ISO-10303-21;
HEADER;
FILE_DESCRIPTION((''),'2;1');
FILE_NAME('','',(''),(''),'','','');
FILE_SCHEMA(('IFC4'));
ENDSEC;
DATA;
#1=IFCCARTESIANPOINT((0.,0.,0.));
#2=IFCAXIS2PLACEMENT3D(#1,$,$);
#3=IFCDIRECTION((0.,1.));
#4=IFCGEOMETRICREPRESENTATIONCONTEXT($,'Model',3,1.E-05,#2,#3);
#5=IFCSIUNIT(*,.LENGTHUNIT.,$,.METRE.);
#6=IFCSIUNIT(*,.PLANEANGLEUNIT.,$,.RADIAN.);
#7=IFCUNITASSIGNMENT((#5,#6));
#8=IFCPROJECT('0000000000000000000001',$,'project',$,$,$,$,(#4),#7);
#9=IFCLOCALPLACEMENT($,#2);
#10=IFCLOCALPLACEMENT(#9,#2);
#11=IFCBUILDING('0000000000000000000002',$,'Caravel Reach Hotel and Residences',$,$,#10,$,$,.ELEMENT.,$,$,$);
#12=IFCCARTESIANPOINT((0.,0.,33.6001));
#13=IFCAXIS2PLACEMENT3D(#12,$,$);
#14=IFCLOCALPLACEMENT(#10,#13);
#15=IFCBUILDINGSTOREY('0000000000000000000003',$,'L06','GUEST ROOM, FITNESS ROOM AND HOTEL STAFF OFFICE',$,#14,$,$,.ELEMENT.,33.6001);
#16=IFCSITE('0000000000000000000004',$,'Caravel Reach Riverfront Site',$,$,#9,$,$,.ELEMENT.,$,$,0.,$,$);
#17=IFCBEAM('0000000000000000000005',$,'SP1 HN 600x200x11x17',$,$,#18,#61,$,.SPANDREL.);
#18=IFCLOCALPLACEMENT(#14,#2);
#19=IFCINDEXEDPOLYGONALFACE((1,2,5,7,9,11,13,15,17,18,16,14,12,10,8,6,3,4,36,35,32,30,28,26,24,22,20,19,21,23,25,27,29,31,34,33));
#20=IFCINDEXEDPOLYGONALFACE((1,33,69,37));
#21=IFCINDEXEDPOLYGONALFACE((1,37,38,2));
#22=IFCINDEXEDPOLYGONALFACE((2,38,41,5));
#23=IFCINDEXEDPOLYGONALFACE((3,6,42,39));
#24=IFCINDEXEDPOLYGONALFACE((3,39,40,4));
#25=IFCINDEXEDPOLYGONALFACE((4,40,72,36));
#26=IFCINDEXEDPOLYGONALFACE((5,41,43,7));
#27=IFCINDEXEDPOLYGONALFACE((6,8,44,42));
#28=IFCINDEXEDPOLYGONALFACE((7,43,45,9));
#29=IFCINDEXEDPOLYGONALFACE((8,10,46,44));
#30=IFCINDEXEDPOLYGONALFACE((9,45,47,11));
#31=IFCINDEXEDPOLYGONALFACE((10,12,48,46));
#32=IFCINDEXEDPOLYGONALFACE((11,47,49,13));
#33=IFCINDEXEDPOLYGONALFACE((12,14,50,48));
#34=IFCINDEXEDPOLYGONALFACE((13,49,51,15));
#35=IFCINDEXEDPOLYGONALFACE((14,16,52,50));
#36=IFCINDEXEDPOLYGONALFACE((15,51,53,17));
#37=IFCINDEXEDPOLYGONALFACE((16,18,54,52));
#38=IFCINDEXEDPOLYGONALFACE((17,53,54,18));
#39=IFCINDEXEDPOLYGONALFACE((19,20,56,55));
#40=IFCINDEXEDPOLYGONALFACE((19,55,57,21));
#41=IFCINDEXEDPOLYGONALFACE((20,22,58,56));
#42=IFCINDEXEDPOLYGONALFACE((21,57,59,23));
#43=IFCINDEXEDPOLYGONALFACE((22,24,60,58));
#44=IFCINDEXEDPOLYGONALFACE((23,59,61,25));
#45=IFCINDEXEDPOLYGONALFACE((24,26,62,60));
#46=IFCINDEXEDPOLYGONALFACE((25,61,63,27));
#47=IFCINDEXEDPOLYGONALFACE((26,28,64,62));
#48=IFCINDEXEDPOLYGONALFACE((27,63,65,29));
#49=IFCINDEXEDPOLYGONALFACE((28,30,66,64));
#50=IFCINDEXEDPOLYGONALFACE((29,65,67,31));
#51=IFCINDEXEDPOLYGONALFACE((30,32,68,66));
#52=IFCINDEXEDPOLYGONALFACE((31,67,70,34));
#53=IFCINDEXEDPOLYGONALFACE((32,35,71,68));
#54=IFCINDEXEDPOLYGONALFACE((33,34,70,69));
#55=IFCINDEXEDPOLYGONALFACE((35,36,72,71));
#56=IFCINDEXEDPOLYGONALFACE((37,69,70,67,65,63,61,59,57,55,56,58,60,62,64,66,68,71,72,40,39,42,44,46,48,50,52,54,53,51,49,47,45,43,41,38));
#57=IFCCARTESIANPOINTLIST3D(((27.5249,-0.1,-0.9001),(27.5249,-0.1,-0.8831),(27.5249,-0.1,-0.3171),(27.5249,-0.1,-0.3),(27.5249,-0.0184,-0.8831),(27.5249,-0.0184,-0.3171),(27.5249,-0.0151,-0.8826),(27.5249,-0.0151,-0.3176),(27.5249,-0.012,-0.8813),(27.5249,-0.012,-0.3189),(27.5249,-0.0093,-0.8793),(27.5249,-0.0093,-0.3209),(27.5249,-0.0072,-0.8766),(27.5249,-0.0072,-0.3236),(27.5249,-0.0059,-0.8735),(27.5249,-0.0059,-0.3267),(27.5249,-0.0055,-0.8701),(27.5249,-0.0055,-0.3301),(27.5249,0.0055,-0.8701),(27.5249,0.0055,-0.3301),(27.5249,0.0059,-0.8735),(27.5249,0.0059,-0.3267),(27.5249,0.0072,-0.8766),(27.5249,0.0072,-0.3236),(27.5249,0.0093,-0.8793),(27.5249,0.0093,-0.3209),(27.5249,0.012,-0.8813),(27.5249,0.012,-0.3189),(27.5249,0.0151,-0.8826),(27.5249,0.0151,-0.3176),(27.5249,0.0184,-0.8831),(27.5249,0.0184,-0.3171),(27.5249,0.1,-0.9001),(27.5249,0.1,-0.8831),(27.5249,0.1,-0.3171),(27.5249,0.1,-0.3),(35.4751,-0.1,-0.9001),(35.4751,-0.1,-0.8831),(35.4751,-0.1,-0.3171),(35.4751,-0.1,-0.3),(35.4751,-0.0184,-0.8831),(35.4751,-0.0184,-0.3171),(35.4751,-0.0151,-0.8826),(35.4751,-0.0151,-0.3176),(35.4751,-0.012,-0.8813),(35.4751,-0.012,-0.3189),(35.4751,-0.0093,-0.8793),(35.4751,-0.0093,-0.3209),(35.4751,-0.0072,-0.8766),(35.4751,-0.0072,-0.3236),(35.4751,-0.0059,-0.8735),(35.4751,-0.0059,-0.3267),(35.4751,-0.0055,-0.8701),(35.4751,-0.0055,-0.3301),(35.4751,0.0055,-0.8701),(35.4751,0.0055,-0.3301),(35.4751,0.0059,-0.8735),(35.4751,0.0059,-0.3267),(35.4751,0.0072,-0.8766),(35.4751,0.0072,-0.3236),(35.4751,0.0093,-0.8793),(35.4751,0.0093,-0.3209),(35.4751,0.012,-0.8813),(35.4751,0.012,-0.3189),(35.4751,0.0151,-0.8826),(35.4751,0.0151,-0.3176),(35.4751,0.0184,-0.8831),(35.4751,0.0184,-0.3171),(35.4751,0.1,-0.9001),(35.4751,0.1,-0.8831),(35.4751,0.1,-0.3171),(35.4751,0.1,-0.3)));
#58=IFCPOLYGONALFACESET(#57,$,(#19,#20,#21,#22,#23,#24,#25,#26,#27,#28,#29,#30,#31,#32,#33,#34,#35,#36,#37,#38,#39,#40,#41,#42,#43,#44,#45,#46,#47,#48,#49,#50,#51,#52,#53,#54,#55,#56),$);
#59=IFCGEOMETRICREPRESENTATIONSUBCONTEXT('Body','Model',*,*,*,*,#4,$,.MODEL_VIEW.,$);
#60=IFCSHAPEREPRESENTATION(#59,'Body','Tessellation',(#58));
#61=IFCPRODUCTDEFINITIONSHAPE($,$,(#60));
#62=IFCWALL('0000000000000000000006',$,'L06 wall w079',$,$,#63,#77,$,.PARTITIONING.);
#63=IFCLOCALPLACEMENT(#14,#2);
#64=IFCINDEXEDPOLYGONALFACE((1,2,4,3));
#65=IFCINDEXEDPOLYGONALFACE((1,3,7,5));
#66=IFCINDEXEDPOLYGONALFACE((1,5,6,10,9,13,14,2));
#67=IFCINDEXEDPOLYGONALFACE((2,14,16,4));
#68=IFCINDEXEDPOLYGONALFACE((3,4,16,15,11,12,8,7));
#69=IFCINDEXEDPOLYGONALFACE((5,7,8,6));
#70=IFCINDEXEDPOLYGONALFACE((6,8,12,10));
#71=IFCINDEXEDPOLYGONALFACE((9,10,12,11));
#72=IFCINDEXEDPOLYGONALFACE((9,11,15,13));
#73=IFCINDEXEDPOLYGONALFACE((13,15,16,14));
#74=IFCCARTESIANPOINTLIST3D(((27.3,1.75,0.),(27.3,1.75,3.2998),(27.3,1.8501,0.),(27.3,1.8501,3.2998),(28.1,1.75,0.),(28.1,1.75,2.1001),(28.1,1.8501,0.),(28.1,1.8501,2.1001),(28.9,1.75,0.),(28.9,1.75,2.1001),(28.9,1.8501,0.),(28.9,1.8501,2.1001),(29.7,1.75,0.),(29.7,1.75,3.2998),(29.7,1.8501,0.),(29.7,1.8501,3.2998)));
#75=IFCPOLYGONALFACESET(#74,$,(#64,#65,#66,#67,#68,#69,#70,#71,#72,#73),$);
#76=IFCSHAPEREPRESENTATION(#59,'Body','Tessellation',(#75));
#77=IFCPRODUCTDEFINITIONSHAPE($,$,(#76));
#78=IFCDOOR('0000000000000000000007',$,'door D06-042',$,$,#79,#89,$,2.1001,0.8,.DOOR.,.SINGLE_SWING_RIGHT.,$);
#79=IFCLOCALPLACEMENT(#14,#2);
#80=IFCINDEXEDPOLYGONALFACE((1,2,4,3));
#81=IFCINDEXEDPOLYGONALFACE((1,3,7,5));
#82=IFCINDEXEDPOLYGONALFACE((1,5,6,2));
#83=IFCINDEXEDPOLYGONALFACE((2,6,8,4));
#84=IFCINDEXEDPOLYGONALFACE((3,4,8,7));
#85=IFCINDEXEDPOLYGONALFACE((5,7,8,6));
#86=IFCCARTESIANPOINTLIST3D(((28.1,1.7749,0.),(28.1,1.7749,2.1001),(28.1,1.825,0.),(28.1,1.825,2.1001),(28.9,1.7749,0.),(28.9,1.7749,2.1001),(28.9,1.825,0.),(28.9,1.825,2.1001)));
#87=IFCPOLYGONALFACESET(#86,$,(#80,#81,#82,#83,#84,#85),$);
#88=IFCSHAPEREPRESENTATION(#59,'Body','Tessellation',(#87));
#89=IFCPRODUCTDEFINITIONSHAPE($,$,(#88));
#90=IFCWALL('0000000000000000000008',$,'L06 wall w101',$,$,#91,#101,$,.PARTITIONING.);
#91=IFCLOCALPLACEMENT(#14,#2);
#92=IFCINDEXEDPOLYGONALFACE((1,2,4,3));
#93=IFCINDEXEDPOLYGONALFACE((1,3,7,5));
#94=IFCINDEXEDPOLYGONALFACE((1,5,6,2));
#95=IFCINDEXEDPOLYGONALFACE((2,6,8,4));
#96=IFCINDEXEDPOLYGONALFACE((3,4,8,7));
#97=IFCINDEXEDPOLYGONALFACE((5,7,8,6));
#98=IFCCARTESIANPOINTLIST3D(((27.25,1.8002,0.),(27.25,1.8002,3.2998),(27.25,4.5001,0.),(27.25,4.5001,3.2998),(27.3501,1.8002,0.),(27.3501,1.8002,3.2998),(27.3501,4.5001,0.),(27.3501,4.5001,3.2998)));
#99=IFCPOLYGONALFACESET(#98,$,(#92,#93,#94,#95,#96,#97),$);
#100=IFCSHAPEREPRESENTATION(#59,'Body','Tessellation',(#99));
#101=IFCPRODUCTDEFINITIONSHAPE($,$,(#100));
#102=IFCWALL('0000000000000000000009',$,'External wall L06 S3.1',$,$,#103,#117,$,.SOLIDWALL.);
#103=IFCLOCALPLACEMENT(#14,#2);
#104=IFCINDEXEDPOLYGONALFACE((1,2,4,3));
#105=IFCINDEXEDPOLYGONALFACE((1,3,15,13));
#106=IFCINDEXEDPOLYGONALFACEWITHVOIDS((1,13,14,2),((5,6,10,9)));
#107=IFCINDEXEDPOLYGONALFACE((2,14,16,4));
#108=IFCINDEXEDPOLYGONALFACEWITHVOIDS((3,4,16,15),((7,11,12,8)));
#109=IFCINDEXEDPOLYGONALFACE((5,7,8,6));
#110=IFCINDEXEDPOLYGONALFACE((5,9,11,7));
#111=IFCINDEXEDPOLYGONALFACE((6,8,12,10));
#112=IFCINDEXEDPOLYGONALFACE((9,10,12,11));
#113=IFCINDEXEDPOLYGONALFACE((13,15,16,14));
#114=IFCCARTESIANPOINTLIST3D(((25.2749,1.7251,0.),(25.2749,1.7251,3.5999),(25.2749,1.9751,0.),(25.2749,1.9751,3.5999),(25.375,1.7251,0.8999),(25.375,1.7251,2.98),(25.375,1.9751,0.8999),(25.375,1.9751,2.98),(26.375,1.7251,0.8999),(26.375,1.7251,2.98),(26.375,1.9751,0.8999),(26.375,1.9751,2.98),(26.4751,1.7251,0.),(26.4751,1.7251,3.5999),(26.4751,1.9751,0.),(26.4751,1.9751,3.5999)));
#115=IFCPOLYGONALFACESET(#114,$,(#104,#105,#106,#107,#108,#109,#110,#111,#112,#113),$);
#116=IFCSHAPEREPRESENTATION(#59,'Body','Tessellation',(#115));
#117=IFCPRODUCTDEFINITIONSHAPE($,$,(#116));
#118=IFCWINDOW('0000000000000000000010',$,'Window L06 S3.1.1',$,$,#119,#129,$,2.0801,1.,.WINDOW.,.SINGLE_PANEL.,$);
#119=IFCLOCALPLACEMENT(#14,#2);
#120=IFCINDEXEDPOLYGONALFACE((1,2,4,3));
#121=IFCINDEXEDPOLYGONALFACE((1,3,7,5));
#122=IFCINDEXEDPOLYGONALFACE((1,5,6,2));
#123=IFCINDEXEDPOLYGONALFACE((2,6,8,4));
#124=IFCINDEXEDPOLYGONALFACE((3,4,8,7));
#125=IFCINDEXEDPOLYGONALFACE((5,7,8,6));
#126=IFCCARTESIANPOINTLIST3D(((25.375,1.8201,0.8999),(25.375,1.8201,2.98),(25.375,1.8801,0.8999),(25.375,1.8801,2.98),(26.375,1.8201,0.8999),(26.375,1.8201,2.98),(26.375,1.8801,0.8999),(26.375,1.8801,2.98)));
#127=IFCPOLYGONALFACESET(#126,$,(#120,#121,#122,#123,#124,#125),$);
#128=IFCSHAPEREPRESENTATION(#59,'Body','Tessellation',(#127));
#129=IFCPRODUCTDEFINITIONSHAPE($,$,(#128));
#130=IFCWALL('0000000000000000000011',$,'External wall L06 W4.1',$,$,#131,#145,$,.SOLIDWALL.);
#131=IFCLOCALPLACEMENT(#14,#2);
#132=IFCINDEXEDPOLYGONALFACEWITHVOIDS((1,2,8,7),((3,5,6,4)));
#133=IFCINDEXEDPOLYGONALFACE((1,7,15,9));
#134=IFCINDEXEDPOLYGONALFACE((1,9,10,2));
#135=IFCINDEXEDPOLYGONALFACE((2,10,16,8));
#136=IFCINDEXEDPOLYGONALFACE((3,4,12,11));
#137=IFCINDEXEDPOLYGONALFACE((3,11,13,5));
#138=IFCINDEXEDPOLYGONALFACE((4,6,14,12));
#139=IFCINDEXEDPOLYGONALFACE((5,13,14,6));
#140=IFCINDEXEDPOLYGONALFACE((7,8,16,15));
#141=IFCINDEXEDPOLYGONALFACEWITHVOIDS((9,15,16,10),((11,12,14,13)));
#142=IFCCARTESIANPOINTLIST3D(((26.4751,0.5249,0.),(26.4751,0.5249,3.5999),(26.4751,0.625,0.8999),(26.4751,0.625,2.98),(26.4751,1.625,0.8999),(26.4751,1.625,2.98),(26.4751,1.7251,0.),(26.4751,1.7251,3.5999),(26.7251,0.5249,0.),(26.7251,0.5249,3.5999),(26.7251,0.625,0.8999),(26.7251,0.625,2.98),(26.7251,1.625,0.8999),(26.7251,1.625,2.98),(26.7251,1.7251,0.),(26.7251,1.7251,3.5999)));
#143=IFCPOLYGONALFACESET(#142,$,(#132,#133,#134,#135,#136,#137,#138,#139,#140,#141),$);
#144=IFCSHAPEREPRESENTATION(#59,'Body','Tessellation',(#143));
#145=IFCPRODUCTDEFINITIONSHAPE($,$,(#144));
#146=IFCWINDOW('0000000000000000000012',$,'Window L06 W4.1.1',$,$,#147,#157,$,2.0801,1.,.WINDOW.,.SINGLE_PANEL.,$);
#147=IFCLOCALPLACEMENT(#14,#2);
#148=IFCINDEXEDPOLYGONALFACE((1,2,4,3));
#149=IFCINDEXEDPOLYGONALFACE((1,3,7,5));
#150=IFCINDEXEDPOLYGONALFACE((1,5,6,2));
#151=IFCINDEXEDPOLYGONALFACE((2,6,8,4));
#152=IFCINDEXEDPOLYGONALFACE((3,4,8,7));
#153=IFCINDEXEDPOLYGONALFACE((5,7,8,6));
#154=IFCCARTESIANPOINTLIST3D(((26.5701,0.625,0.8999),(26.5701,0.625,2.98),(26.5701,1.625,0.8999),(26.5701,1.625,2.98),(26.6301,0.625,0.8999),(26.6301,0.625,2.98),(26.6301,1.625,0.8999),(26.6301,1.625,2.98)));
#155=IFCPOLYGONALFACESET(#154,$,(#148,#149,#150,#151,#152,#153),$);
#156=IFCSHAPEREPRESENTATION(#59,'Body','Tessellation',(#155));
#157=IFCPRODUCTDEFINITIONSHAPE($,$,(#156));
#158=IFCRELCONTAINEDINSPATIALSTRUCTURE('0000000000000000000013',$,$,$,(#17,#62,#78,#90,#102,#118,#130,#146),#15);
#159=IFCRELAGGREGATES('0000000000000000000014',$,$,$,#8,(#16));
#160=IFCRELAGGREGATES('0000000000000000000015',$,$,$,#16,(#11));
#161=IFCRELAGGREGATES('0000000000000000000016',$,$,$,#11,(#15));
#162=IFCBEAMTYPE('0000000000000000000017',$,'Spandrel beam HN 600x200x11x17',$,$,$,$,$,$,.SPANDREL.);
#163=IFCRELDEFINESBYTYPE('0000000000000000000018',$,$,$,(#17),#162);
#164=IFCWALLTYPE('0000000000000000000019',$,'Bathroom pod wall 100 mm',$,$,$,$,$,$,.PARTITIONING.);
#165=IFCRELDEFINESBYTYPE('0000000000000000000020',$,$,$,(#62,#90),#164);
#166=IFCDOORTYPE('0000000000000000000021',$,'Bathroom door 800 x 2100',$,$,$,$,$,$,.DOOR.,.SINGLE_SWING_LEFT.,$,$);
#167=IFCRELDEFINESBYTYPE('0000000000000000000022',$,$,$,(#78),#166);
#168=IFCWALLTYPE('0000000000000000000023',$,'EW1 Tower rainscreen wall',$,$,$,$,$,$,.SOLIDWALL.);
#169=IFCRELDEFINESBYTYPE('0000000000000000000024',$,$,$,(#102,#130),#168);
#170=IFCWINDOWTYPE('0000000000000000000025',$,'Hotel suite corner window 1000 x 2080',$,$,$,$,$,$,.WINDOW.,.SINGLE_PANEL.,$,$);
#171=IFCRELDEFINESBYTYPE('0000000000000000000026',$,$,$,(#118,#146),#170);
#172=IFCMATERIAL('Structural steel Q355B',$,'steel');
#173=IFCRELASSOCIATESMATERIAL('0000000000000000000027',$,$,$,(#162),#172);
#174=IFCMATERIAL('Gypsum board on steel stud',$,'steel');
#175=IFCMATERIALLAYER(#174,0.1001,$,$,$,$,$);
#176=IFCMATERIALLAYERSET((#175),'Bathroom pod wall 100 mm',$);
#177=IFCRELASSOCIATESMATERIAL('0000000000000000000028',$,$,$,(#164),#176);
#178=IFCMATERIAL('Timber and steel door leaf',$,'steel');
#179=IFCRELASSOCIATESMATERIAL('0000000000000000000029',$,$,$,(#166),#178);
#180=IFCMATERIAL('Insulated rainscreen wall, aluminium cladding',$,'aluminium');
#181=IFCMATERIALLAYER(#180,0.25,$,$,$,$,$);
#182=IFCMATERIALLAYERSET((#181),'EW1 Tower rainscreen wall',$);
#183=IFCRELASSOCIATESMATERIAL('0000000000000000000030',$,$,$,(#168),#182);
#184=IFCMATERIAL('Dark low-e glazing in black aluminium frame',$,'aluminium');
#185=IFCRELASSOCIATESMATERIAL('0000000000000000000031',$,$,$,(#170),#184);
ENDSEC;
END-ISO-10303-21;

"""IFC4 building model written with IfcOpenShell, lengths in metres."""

from ifc_helpers import new_model, si_unit, direction, frame, frame_2d, origin, origin_2d, place, context, subcontext, project, spatial, rectangle, i_section, extrude, material, layer, layer_set, material_profile, profile_set, type_object, element, fill, save


model = new_model("IFC4")

# Units and contexts
model_context = context("Model", 3, precision=1e-05, world=origin(), true_north=direction((0.0, 1.0)))
body_context = subcontext(model_context, "Body", "Model", "MODEL_VIEW")
ifc_project = project(units=[si_unit("LENGTHUNIT", "METRE"), si_unit("PLANEANGLEUNIT", "RADIAN")], contexts=[model_context])

# Site, building, storey
site_placement = place(None, origin())
site = spatial("IfcSite", under=ifc_project, at=site_placement, Name="Caravel Reach Riverfront Site", CompositionType="ELEMENT", RefElevation=0.0)
building_placement = place(site_placement, origin())
building = spatial("IfcBuilding", under=site, at=building_placement, Name="Caravel Reach Hotel and Residences", CompositionType="ELEMENT")
storey_placement = place(building_placement, frame((0.0, 0.0, 33.6001)))
storey = spatial("IfcBuildingStorey", under=building, at=storey_placement, Name="L06", Description="GUEST ROOM, FITNESS ROOM AND HOTEL STAFF OFFICE", CompositionType="ELEMENT", Elevation=33.6001)

# Beam
ifc_material_1 = material(Name="Structural steel Q355B", Category="steel")
ifc_material_profile_1 = material_profile(ifc_material_1, i_section(OverallWidth=0.2, OverallDepth=0.6001, WebThickness=0.011, FlangeThickness=0.0171, FilletRadius=0.0129, at=origin_2d()), Name="HN 600x200x11x17")
ifc_profile_set_1 = profile_set([ifc_material_profile_1], Name="Structural steel Q355B")
beam_type_1 = type_object("IfcBeamType", Name="Spandrel beam HN 600x200x11x17", PredefinedType="SPANDREL", material=ifc_profile_set_1)
beam_1_placement = place(storey_placement, frame((27.5249, 0.0, -0.6001), z_axis=(1.0, 0.0, 0.0), x_axis=(0.0, 1.0, 0.0)))
element("IfcBeam", 1, at=beam_1_placement, inside=storey, type_object=beam_type_1, Name="SP1 HN 600x200x11x17", PredefinedType="SPANDREL", context=body_context, shape_type="SweptSolid", body=[
    extrude(i_section(OverallWidth=0.2, OverallDepth=0.6001, WebThickness=0.011, FlangeThickness=0.0171, FilletRadius=0.0129, at=origin_2d()), origin(), (0.0, 0.0, 1.0), 7.9502),
])

# Wall, opening, door
ifc_material_2 = material(Name="Gypsum board on steel stud", Category="steel")
ifc_layer_1 = layer(ifc_material_2, 0.1001)
ifc_layer_set_1 = layer_set([ifc_layer_1], Name="Bathroom pod wall 100 mm")
wall_type_1 = type_object("IfcWallType", Name="Bathroom pod wall 100 mm", PredefinedType="PARTITIONING", material=ifc_layer_set_1)
wall_1_placement = place(storey_placement, frame((27.3, 1.8, 0.0), z_axis=(0.0, 0.0, 1.0), x_axis=(1.0, 0.0, 0.0)))
wall_1 = element("IfcWall", 2, at=wall_1_placement, inside=storey, type_object=wall_type_1, Name="L06 wall w079", PredefinedType="PARTITIONING", context=body_context, shape_type="SweptSolid", body=[
    extrude(rectangle(XDim=2.3999, YDim=0.1001, at=frame_2d((1.2, 0.0))), origin(), (0.0, 0.0, 1.0), 3.2998),
])
opening_1_placement = place(wall_1_placement, frame((0.8, 0.0, 0.0)))
opening_1 = element("IfcOpeningElement", 3, at=opening_1_placement, cuts=wall_1, PredefinedType="OPENING", context=body_context, shape_type="SweptSolid", body=[
    extrude(rectangle(XDim=0.8, YDim=2.1001, at=frame_2d((0.3999, 1.05))), frame((0.0, 0.0601, 0.0), z_axis=(0.0, -1.0, 0.0), x_axis=(1.0, 0.0, 0.0)), (0.0, 0.0, 1.0), 0.1201),
])
ifc_material_3 = material(Name="Timber and steel door leaf", Category="steel")
door_type = type_object("IfcDoorType", Name="Bathroom door 800 x 2100", OperationType="SINGLE_SWING_LEFT", PredefinedType="DOOR", material=ifc_material_3)
door_placement = place(opening_1_placement, origin())
door = element("IfcDoor", 4, at=door_placement, inside=storey, type_object=door_type, Name="door D06-042", OperationType="SINGLE_SWING_RIGHT", OverallHeight=2.1001, OverallWidth=0.8, PredefinedType="DOOR", context=body_context, shape_type="SweptSolid", body=[
    extrude(rectangle(XDim=0.8, YDim=2.1001, at=frame_2d((0.3999, 1.05))), frame((0.0, 0.0249, 0.0), z_axis=(0.0, -1.0, 0.0), x_axis=(1.0, 0.0, 0.0)), (0.0, 0.0, 1.0), 0.05),
])
fill(opening_1, door)

# Wall
wall_2_placement = place(storey_placement, frame((27.3, 1.8, 0.0), z_axis=(0.0, 0.0, 1.0), x_axis=(0.0, 1.0, 0.0)))
element("IfcWall", 5, at=wall_2_placement, inside=storey, type_object=wall_type_1, Name="L06 wall w101", PredefinedType="PARTITIONING", context=body_context, shape_type="SweptSolid", body=[
    extrude(rectangle(XDim=2.7, YDim=0.1001, at=frame_2d((1.3501, 0.0))), origin(), (0.0, 0.0, 1.0), 3.2998),
])

# Walls, openings, windows
ifc_material_4 = material(Name="Insulated rainscreen wall, aluminium cladding", Category="aluminium")
ifc_layer_2 = layer(ifc_material_4, 0.25)
ifc_layer_set_2 = layer_set([ifc_layer_2], Name="EW1 Tower rainscreen wall")
wall_type_2 = type_object("IfcWallType", Name="EW1 Tower rainscreen wall", PredefinedType="SOLIDWALL", material=ifc_layer_set_2)
wall_3_placement = place(storey_placement, frame((25.2749, 1.8501, 0.0), z_axis=(0.0, 0.0, 1.0), x_axis=(1.0, 0.0, 0.0)))
wall_3 = element("IfcWall", 6, at=wall_3_placement, inside=storey, type_object=wall_type_2, Name="External wall L06 S3.1", PredefinedType="SOLIDWALL", context=body_context, shape_type="SweptSolid", body=[
    extrude(rectangle(XDim=1.2002, YDim=0.25, at=frame_2d((0.6001, 0.0))), origin(), (0.0, 0.0, 1.0), 3.5999),
])
opening_2_placement = place(wall_3_placement, frame((0.1001, 0.0, 0.8999)))
opening_2 = element("IfcOpeningElement", 7, at=opening_2_placement, cuts=wall_3, PredefinedType="OPENING", context=body_context, shape_type="SweptSolid", body=[
    extrude(rectangle(XDim=1.0, YDim=2.0801, at=frame_2d((0.5, 1.04))), frame((0.0, 0.135, 0.0), z_axis=(0.0, -1.0, 0.0), x_axis=(1.0, 0.0, 0.0)), (0.0, 0.0, 1.0), 0.27),
])
ifc_material_5 = material(Name="Dark low-e glazing in black aluminium frame", Category="aluminium")
window_type = type_object("IfcWindowType", Name="Hotel suite corner window 1000 x 2080", PartitioningType="SINGLE_PANEL", PredefinedType="WINDOW", material=ifc_material_5)
window_1_placement = place(opening_2_placement, origin())
window_1 = element("IfcWindow", 8, at=window_1_placement, inside=storey, type_object=window_type, Name="Window L06 S3.1.1", OverallHeight=2.0801, OverallWidth=1.0, PartitioningType="SINGLE_PANEL", PredefinedType="WINDOW", context=body_context, shape_type="SweptSolid", body=[
    extrude(rectangle(XDim=1.0, YDim=2.0801, at=frame_2d((0.5, 1.04))), frame((0.0, 0.03, 0.0), z_axis=(0.0, -1.0, 0.0), x_axis=(1.0, 0.0, 0.0)), (0.0, 0.0, 1.0), 0.0601),
])
fill(opening_2, window_1)
wall_4_placement = place(storey_placement, frame((26.6001, 1.7251, 0.0), z_axis=(0.0, 0.0, 1.0), x_axis=(0.0, -1.0, 0.0)))
wall_4 = element("IfcWall", 9, at=wall_4_placement, inside=storey, type_object=wall_type_2, Name="External wall L06 W4.1", PredefinedType="SOLIDWALL", context=body_context, shape_type="SweptSolid", body=[
    extrude(rectangle(XDim=1.2002, YDim=0.25, at=frame_2d((0.6001, 0.0))), origin(), (0.0, 0.0, 1.0), 3.5999),
])
opening_3_placement = place(wall_4_placement, frame((0.1001, 0.0, 0.8999)))
opening_3 = element("IfcOpeningElement", 10, at=opening_3_placement, cuts=wall_4, PredefinedType="OPENING", context=body_context, shape_type="SweptSolid", body=[
    extrude(rectangle(XDim=1.0, YDim=2.0801, at=frame_2d((0.5, 1.04))), frame((0.0, 0.135, 0.0), z_axis=(0.0, -1.0, 0.0), x_axis=(1.0, 0.0, 0.0)), (0.0, 0.0, 1.0), 0.27),
])
window_2_placement = place(opening_3_placement, origin())
window_2 = element("IfcWindow", 11, at=window_2_placement, inside=storey, type_object=window_type, Name="Window L06 W4.1.1", OverallHeight=2.0801, OverallWidth=1.0, PartitioningType="SINGLE_PANEL", PredefinedType="WINDOW", context=body_context, shape_type="SweptSolid", body=[
    extrude(rectangle(XDim=1.0, YDim=2.0801, at=frame_2d((0.5, 1.04))), frame((0.0, 0.03, 0.0), z_axis=(0.0, -1.0, 0.0), x_axis=(1.0, 0.0, 0.0)), (0.0, 0.0, 1.0), 0.0601),
])
fill(opening_3, window_2)

save(model, "model.ifc")
